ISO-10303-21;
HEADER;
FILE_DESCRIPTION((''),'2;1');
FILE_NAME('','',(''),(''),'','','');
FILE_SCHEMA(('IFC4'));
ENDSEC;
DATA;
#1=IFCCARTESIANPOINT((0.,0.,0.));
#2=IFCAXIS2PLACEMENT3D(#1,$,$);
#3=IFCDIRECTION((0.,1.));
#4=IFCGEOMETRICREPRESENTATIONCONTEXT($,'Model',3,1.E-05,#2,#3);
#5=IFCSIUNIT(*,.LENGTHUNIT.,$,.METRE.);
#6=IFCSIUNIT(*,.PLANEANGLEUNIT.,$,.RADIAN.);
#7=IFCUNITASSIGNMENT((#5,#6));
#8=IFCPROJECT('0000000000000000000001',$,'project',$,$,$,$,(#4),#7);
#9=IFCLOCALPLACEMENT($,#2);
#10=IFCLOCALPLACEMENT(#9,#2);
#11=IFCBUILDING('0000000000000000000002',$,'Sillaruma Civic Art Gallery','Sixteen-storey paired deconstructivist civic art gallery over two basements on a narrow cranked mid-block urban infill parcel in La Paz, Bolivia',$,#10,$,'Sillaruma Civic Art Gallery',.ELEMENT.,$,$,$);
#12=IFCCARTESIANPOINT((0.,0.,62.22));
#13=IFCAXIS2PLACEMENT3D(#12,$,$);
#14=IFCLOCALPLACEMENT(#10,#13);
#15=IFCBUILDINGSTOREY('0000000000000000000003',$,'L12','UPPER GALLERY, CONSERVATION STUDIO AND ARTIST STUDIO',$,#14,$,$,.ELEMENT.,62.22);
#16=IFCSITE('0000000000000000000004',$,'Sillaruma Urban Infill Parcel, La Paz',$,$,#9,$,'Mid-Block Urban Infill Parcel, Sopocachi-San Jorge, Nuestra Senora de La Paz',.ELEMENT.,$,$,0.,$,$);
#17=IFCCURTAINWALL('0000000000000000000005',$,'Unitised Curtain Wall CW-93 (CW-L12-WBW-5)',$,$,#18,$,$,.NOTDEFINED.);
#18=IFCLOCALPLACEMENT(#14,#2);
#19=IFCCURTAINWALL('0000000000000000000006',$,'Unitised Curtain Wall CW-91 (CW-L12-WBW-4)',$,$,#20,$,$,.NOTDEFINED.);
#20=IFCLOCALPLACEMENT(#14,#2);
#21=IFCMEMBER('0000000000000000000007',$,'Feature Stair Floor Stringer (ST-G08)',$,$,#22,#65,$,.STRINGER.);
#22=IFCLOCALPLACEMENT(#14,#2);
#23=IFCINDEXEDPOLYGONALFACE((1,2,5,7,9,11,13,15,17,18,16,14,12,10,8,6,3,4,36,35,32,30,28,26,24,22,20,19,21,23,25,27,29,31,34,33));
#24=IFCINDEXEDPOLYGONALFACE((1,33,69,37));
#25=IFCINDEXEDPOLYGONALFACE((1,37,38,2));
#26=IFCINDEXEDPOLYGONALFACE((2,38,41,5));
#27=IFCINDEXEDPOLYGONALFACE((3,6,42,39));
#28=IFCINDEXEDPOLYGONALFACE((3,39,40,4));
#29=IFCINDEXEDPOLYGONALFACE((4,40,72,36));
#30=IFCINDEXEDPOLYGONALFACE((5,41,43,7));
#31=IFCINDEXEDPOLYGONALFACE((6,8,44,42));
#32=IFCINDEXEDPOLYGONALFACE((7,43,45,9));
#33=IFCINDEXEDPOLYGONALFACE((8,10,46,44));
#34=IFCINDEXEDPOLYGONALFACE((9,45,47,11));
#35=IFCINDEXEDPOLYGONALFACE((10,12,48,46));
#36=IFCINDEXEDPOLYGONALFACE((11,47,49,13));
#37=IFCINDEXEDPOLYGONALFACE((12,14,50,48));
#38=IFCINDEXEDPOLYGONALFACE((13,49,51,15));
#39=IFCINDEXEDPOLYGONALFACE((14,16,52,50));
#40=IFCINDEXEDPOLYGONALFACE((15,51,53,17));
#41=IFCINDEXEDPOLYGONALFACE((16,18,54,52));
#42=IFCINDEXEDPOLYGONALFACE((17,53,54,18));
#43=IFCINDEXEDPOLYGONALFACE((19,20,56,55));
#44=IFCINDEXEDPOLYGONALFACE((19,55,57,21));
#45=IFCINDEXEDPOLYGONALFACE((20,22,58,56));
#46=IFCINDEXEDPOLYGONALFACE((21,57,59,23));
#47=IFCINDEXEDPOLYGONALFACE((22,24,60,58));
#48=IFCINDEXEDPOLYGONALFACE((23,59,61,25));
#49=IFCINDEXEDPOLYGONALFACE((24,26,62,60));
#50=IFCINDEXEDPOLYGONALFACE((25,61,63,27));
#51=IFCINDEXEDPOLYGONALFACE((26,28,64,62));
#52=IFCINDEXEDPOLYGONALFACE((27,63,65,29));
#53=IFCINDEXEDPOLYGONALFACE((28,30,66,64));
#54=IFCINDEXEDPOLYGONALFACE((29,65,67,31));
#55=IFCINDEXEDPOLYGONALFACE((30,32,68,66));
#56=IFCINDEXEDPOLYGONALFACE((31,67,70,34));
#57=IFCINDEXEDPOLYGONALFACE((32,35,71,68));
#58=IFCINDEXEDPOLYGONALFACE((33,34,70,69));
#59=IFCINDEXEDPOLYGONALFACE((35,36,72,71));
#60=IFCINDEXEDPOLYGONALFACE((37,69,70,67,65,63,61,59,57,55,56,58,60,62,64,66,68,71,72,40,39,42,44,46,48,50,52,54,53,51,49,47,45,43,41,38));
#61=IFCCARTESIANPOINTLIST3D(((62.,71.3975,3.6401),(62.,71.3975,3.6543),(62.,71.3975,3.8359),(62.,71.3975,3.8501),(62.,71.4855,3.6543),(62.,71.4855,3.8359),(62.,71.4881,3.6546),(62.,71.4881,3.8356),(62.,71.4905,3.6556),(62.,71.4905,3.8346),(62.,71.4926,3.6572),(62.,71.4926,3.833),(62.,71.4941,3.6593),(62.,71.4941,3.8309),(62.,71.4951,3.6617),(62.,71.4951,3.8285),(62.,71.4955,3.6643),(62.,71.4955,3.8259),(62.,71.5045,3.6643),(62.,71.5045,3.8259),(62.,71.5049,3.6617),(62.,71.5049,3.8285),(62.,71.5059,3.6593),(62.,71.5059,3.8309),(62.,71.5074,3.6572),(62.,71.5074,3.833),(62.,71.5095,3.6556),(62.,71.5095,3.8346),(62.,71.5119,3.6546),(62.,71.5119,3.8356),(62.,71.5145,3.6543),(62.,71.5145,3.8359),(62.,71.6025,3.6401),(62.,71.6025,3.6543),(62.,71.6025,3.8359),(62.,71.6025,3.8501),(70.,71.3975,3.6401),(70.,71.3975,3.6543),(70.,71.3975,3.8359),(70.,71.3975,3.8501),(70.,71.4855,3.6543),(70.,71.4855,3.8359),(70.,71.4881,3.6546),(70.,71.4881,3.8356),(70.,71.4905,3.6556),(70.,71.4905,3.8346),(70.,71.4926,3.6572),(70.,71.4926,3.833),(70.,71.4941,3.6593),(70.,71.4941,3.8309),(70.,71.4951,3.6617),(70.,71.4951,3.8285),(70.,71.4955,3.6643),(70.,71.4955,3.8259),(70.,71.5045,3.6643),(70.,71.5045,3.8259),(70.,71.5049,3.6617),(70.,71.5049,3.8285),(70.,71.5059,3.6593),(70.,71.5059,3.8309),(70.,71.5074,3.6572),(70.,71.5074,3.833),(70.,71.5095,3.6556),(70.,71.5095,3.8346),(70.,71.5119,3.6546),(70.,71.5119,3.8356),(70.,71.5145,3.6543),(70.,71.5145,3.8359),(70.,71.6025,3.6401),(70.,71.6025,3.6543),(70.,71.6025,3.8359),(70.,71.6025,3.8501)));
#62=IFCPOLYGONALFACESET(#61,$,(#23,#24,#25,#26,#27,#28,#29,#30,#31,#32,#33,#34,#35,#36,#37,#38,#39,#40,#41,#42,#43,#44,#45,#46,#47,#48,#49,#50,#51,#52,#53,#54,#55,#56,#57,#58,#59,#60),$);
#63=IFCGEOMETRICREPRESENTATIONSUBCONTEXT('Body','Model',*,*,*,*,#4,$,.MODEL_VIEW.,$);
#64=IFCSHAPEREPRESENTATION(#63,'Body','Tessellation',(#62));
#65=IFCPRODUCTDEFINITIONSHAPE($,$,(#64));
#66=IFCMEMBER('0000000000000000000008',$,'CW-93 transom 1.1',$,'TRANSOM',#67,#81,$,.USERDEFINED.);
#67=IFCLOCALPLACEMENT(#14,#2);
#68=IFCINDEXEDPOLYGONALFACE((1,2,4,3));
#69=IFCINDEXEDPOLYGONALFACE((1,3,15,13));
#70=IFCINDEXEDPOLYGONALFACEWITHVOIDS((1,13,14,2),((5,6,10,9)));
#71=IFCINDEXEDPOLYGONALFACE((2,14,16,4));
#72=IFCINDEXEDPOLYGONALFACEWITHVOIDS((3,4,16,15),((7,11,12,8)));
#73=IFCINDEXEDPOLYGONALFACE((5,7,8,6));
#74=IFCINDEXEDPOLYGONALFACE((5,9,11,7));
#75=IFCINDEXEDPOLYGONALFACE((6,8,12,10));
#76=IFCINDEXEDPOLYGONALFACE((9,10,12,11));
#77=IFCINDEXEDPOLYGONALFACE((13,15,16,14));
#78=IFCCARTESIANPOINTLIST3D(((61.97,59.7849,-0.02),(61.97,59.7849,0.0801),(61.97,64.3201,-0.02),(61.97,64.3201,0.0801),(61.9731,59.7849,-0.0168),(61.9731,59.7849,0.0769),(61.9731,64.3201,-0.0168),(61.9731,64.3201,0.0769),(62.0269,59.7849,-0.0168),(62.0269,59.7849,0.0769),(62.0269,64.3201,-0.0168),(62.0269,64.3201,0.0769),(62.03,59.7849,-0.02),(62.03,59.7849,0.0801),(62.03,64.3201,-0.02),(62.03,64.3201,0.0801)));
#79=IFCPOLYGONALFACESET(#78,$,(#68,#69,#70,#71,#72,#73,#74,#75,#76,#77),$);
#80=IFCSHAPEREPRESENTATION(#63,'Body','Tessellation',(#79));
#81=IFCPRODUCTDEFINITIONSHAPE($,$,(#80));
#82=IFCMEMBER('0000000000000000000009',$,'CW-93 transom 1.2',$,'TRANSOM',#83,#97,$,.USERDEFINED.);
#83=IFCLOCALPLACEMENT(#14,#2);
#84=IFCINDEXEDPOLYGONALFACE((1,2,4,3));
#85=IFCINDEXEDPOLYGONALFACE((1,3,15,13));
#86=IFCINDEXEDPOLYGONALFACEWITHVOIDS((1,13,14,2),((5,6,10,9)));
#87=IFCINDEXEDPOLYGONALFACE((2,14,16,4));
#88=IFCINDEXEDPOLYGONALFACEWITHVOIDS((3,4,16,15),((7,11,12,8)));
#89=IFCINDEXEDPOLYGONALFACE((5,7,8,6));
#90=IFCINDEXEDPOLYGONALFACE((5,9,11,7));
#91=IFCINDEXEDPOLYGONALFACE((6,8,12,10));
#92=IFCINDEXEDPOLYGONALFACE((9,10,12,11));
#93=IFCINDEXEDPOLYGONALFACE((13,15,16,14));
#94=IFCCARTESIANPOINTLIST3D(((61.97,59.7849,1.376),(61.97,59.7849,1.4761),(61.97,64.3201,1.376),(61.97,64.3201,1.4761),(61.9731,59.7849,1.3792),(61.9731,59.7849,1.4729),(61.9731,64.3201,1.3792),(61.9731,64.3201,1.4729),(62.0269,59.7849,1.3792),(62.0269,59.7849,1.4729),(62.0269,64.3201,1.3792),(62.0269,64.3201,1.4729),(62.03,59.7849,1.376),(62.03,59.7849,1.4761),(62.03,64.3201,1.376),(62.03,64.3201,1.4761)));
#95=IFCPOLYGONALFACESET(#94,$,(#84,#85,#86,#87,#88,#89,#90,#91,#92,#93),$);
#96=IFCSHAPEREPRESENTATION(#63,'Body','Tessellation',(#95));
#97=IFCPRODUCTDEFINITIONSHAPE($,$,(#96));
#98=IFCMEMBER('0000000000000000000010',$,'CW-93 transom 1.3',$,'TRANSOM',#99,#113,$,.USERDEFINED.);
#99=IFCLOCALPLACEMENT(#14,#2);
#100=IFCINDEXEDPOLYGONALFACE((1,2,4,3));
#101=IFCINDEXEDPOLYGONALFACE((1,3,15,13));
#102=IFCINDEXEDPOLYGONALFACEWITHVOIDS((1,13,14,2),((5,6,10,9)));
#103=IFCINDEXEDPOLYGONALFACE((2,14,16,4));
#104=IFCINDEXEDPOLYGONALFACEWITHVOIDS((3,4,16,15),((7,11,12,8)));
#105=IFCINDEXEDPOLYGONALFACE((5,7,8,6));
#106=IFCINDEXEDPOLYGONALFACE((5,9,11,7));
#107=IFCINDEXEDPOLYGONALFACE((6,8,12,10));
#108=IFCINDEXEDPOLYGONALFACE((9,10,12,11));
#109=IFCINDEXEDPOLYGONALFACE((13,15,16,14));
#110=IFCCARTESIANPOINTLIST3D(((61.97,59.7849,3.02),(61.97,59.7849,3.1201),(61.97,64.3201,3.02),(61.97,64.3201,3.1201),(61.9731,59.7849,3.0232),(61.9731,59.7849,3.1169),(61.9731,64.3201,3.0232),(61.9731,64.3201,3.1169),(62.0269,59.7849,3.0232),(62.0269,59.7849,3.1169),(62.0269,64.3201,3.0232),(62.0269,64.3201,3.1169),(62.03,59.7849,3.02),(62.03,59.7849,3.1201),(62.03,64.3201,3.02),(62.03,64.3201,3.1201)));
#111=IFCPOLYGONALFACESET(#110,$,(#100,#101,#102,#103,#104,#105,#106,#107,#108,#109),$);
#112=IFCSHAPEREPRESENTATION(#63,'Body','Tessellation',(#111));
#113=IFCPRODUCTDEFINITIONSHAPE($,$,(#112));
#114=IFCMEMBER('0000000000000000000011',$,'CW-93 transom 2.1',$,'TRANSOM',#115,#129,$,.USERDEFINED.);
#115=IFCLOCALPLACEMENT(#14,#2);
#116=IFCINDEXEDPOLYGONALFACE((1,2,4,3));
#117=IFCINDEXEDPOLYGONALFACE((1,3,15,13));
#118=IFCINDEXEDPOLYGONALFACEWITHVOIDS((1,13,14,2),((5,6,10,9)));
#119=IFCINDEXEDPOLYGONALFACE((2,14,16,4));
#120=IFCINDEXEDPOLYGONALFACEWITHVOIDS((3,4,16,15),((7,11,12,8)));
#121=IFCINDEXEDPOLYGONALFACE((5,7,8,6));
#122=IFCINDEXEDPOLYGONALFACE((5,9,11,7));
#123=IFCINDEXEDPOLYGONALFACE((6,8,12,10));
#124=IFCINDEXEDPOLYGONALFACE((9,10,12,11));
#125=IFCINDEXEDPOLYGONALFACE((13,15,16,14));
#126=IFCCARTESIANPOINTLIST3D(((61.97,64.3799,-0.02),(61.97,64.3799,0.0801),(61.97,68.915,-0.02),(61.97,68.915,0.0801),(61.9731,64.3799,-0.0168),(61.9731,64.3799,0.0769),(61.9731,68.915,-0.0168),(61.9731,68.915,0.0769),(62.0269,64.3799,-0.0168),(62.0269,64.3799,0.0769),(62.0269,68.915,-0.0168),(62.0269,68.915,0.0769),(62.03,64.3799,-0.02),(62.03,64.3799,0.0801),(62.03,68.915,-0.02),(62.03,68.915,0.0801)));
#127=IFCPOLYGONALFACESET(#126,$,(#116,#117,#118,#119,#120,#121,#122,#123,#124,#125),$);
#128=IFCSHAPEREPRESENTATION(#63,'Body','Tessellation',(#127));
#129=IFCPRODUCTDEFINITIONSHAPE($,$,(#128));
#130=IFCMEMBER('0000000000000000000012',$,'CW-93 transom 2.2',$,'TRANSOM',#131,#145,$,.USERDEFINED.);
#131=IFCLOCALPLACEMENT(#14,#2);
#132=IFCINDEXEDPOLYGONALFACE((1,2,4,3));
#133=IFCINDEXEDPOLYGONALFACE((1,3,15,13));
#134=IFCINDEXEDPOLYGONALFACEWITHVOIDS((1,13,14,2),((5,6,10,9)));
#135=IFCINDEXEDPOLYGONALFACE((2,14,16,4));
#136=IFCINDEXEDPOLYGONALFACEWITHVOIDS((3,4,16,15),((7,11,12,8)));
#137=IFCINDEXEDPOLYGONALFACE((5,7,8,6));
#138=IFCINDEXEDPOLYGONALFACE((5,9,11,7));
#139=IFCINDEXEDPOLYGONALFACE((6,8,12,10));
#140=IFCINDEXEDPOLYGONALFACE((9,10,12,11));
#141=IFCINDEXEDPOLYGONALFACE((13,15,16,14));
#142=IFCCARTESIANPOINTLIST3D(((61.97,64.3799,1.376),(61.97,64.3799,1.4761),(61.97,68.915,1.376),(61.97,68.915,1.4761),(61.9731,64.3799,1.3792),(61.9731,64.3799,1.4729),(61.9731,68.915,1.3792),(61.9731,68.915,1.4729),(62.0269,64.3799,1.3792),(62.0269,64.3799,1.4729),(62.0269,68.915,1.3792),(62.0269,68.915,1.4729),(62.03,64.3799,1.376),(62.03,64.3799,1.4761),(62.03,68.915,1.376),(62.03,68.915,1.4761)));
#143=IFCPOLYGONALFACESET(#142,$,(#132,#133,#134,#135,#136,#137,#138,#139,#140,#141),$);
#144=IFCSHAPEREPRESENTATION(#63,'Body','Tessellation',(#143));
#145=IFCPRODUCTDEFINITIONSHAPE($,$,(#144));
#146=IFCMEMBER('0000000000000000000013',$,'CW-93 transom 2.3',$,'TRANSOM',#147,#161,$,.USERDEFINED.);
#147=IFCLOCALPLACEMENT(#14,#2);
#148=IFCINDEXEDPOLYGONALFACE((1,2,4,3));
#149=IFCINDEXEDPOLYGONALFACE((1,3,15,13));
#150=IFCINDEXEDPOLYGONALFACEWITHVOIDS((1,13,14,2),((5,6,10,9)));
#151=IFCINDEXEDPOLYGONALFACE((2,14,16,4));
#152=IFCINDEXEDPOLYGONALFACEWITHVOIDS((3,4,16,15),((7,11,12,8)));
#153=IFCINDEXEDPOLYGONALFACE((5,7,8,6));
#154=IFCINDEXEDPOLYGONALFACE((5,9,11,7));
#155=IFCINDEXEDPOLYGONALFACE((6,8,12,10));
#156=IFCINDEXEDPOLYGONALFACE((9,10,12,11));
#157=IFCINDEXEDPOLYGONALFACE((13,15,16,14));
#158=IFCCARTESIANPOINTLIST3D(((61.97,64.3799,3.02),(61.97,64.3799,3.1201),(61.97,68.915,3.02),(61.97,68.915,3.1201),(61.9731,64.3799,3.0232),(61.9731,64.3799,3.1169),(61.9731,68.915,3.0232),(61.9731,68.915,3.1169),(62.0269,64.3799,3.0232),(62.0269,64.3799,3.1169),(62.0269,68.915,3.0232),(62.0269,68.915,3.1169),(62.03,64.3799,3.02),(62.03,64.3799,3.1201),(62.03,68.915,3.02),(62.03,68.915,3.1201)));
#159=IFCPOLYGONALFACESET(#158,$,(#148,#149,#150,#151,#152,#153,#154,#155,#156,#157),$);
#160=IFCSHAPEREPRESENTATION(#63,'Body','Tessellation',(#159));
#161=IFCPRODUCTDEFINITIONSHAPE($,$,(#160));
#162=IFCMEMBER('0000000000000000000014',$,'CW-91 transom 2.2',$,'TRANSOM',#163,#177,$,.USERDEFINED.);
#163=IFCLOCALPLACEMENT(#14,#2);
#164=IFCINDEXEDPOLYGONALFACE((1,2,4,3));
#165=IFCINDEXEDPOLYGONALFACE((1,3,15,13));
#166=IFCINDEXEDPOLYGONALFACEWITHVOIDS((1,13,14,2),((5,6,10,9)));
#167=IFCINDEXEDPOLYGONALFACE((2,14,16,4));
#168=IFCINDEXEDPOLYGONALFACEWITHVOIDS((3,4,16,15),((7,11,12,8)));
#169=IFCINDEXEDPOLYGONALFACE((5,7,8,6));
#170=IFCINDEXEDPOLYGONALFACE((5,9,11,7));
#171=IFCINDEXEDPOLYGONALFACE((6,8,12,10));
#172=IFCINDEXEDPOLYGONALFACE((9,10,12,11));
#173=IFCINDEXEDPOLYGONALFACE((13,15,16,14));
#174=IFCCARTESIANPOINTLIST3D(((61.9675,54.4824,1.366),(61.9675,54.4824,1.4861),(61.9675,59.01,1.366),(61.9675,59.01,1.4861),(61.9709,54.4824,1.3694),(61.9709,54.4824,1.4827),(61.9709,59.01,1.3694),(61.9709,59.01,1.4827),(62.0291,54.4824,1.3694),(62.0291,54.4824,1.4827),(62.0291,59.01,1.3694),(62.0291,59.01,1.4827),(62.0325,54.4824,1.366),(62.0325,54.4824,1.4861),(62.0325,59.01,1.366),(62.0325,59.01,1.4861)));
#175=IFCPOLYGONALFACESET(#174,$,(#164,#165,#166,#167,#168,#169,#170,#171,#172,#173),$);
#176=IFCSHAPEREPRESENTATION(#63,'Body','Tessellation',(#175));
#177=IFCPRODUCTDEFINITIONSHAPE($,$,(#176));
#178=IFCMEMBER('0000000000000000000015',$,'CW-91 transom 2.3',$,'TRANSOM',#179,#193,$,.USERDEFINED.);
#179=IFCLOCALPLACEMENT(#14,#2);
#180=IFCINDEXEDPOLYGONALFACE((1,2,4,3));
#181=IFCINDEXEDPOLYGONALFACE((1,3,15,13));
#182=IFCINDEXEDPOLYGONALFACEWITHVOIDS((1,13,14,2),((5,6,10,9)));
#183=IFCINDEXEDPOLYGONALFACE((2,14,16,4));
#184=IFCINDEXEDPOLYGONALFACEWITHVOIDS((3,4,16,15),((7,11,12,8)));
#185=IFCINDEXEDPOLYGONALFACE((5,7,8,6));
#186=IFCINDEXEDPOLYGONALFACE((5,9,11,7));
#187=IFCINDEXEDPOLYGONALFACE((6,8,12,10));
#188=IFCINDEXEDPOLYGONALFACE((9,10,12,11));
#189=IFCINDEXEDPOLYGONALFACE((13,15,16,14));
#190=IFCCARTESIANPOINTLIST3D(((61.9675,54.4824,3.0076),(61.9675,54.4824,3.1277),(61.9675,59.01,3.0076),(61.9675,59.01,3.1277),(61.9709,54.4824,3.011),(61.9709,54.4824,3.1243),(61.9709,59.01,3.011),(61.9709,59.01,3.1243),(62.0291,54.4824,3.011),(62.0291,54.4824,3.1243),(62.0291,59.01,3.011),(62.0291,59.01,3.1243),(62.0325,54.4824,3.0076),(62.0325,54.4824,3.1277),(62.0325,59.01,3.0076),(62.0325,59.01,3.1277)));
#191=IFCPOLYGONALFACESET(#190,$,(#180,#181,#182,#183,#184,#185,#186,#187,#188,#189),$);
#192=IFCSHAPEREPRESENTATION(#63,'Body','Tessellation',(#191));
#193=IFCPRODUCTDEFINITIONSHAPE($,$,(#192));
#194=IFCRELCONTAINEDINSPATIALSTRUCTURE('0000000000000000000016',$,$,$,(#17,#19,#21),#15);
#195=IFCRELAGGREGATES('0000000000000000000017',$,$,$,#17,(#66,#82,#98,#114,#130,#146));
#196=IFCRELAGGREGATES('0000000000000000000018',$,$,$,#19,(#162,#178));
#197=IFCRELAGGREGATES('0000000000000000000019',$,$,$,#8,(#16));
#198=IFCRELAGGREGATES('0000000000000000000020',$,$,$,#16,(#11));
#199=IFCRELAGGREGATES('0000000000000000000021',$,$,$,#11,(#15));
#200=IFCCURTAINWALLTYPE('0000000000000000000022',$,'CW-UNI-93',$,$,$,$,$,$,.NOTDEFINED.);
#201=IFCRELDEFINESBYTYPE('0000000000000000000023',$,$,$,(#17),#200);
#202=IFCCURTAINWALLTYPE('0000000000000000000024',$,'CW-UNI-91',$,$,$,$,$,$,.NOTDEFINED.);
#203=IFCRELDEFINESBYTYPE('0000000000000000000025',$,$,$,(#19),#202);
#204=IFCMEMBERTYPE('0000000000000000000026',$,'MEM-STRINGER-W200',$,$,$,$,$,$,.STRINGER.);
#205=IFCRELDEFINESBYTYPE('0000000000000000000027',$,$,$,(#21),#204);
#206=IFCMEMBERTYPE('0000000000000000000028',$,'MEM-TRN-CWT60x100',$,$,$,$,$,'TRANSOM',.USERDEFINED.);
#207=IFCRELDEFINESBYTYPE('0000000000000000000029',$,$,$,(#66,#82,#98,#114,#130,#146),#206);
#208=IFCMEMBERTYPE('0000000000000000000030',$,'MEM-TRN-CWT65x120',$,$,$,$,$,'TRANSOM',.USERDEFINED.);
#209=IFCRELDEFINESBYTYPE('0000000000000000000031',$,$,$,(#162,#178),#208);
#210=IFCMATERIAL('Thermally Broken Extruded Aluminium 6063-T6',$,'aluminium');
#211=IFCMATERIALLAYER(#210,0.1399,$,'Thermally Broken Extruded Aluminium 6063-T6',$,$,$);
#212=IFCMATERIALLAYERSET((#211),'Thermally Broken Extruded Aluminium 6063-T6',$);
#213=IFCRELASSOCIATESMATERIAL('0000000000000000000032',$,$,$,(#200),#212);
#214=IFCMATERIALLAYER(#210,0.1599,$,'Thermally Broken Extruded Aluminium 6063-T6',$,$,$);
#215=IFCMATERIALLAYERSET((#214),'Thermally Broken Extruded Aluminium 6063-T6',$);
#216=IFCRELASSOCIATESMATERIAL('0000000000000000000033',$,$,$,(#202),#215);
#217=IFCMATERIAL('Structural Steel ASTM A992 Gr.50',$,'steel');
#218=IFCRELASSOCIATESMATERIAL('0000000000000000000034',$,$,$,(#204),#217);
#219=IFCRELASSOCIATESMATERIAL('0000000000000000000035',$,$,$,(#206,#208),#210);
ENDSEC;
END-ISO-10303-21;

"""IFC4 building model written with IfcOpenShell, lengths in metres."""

from ifc_helpers import new_model, si_unit, direction, frame, origin, origin_2d, place, context, subcontext, project, spatial, hollow_rectangle, i_section, extrude, material, layer, layer_set, material_profile, profile_set, type_object, element, aggregate, save


model = new_model("IFC4")

# Units and contexts
model_context = context("Model", 3, precision=1e-05, world=origin(), true_north=direction((0.0, 1.0)))
body_context = subcontext(model_context, "Body", "Model", "MODEL_VIEW")
ifc_project = project(units=[si_unit("LENGTHUNIT", "METRE"), si_unit("PLANEANGLEUNIT", "RADIAN")], contexts=[model_context])

# Site, building, storey
site_placement = place(None, origin())
site = spatial("IfcSite", under=ifc_project, at=site_placement, Name="Sillaruma Urban Infill Parcel, La Paz", LongName="Mid-Block Urban Infill Parcel, Sopocachi-San Jorge, Nuestra Senora de La Paz", CompositionType="ELEMENT", RefElevation=0.0)
building_placement = place(site_placement, origin())
building = spatial("IfcBuilding", under=site, at=building_placement, Name="Sillaruma Civic Art Gallery", Description="Sixteen-storey paired deconstructivist civic art gallery over two basements on a narrow cranked mid-block urban infill parcel in La Paz, Bolivia", LongName="Sillaruma Civic Art Gallery", CompositionType="ELEMENT")
storey_placement = place(building_placement, frame((0.0, 0.0, 62.22)))
storey = spatial("IfcBuildingStorey", under=building, at=storey_placement, Name="L12", Description="UPPER GALLERY, CONSERVATION STUDIO AND ARTIST STUDIO", CompositionType="ELEMENT", Elevation=62.22)

# Curtain wall
ifc_material_1 = material(Name="Thermally Broken Extruded Aluminium 6063-T6", Category="aluminium")
ifc_layer_1 = layer(ifc_material_1, 0.1399, Name="Thermally Broken Extruded Aluminium 6063-T6")
ifc_layer_set_1 = layer_set([ifc_layer_1], Name="Thermally Broken Extruded Aluminium 6063-T6")
curtain_wall_type_1 = type_object("IfcCurtainWallType", Name="CW-UNI-93", PredefinedType="NOTDEFINED", material=ifc_layer_set_1)
curtain_wall_1_placement = place(storey_placement, origin())
curtain_wall_1 = element("IfcCurtainWall", 1, at=curtain_wall_1_placement, inside=storey, type_object=curtain_wall_type_1, Name="Unitised Curtain Wall CW-93 (CW-L12-WBW-5)", PredefinedType="NOTDEFINED")

# Curtain wall
ifc_layer_2 = layer(ifc_material_1, 0.1599, Name="Thermally Broken Extruded Aluminium 6063-T6")
ifc_layer_set_2 = layer_set([ifc_layer_2], Name="Thermally Broken Extruded Aluminium 6063-T6")
curtain_wall_type_2 = type_object("IfcCurtainWallType", Name="CW-UNI-91", PredefinedType="NOTDEFINED", material=ifc_layer_set_2)
curtain_wall_2_placement = place(storey_placement, origin())
curtain_wall_2 = element("IfcCurtainWall", 2, at=curtain_wall_2_placement, inside=storey, type_object=curtain_wall_type_2, Name="Unitised Curtain Wall CW-91 (CW-L12-WBW-4)", PredefinedType="NOTDEFINED")

# Members
ifc_material_2 = material(Name="Structural Steel ASTM A992 Gr.50", Category="steel")
ifc_material_profile_1 = material_profile(ifc_material_2, i_section(OverallWidth=0.2051, OverallDepth=0.21, WebThickness=0.009, FlangeThickness=0.0142, FilletRadius=0.01, at=origin_2d()), Name="W200x59")
ifc_profile_set_1 = profile_set([ifc_material_profile_1], Name="Structural Steel ASTM A992 Gr.50")
member_type_1 = type_object("IfcMemberType", Name="MEM-STRINGER-W200", PredefinedType="STRINGER", material=ifc_profile_set_1)
member_1_placement = place(storey_placement, frame((62.0, 71.5, 3.7451), z_axis=(1.0, 0.0, 0.0), x_axis=(0.0, 1.0, 0.0)))
element("IfcMember", 3, at=member_1_placement, inside=storey, type_object=member_type_1, Name="Feature Stair Floor Stringer (ST-G08)", PredefinedType="STRINGER", context=body_context, shape_type="SweptSolid", body=[
    extrude(i_section(OverallWidth=0.2051, OverallDepth=0.21, WebThickness=0.009, FlangeThickness=0.0142, FilletRadius=0.01, at=origin_2d()), origin(), (0.0, 0.0, 1.0), 8.0),
])
ifc_material_profile_2 = material_profile(ifc_material_1, hollow_rectangle(XDim=0.0601, YDim=0.1001, WallThickness=0.0032, at=origin_2d()), Name="CWT60x100")
ifc_profile_set_2 = profile_set([ifc_material_profile_2], Name="Thermally Broken Extruded Aluminium 6063-T6")
member_type_2 = type_object("IfcMemberType", Name="MEM-TRN-CWT60x100", ElementType="TRANSOM", PredefinedType="USERDEFINED", material=ifc_profile_set_2)
member_2_placement = place(storey_placement, frame((62.0, 59.7849, 0.03), z_axis=(0.0, 1.0, 0.0), x_axis=(-1.0, 0.0, 0.0)))
member_2 = element("IfcMember", 4, at=member_2_placement, type_object=member_type_2, Name="CW-93 transom 1.1", ObjectType="TRANSOM", PredefinedType="USERDEFINED", context=body_context, shape_type="SweptSolid", body=[
    extrude(hollow_rectangle(XDim=0.0601, YDim=0.1001, WallThickness=0.0032, at=origin_2d()), origin(), (0.0, 0.0, 1.0), 4.5352),
])
member_3_placement = place(storey_placement, frame((62.0, 59.7849, 1.426), z_axis=(0.0, 1.0, 0.0), x_axis=(-1.0, 0.0, 0.0)))
member_3 = element("IfcMember", 5, at=member_3_placement, type_object=member_type_2, Name="CW-93 transom 1.2", ObjectType="TRANSOM", PredefinedType="USERDEFINED", context=body_context, shape_type="SweptSolid", body=[
    extrude(hollow_rectangle(XDim=0.0601, YDim=0.1001, WallThickness=0.0032, at=origin_2d()), origin(), (0.0, 0.0, 1.0), 4.5352),
])
member_4_placement = place(storey_placement, frame((62.0, 59.7849, 3.0701), z_axis=(0.0, 1.0, 0.0), x_axis=(-1.0, 0.0, 0.0)))
member_4 = element("IfcMember", 6, at=member_4_placement, type_object=member_type_2, Name="CW-93 transom 1.3", ObjectType="TRANSOM", PredefinedType="USERDEFINED", context=body_context, shape_type="SweptSolid", body=[
    extrude(hollow_rectangle(XDim=0.0601, YDim=0.1001, WallThickness=0.0032, at=origin_2d()), origin(), (0.0, 0.0, 1.0), 4.5352),
])
member_5_placement = place(storey_placement, frame((62.0, 64.3799, 0.03), z_axis=(0.0, 1.0, 0.0), x_axis=(-1.0, 0.0, 0.0)))
member_5 = element("IfcMember", 7, at=member_5_placement, type_object=member_type_2, Name="CW-93 transom 2.1", ObjectType="TRANSOM", PredefinedType="USERDEFINED", context=body_context, shape_type="SweptSolid", body=[
    extrude(hollow_rectangle(XDim=0.0601, YDim=0.1001, WallThickness=0.0032, at=origin_2d()), origin(), (0.0, 0.0, 1.0), 4.5352),
])
member_6_placement = place(storey_placement, frame((62.0, 64.3799, 1.426), z_axis=(0.0, 1.0, 0.0), x_axis=(-1.0, 0.0, 0.0)))
member_6 = element("IfcMember", 8, at=member_6_placement, type_object=member_type_2, Name="CW-93 transom 2.2", ObjectType="TRANSOM", PredefinedType="USERDEFINED", context=body_context, shape_type="SweptSolid", body=[
    extrude(hollow_rectangle(XDim=0.0601, YDim=0.1001, WallThickness=0.0032, at=origin_2d()), origin(), (0.0, 0.0, 1.0), 4.5352),
])
member_7_placement = place(storey_placement, frame((62.0, 64.3799, 3.0701), z_axis=(0.0, 1.0, 0.0), x_axis=(-1.0, 0.0, 0.0)))
member_7 = element("IfcMember", 9, at=member_7_placement, type_object=member_type_2, Name="CW-93 transom 2.3", ObjectType="TRANSOM", PredefinedType="USERDEFINED", context=body_context, shape_type="SweptSolid", body=[
    extrude(hollow_rectangle(XDim=0.0601, YDim=0.1001, WallThickness=0.0032, at=origin_2d()), origin(), (0.0, 0.0, 1.0), 4.5352),
])
ifc_material_profile_3 = material_profile(ifc_material_1, hollow_rectangle(XDim=0.0649, YDim=0.1201, WallThickness=0.0034, at=origin_2d()), Name="CWT65x120")
ifc_profile_set_3 = profile_set([ifc_material_profile_3], Name="Thermally Broken Extruded Aluminium 6063-T6")
member_type_3 = type_object("IfcMemberType", Name="MEM-TRN-CWT65x120", ElementType="TRANSOM", PredefinedType="USERDEFINED", material=ifc_profile_set_3)
member_8_placement = place(storey_placement, frame((62.0, 54.4824, 1.426), z_axis=(0.0, 1.0, 0.0), x_axis=(-1.0, 0.0, 0.0)))
member_8 = element("IfcMember", 10, at=member_8_placement, type_object=member_type_3, Name="CW-91 transom 2.2", ObjectType="TRANSOM", PredefinedType="USERDEFINED", context=body_context, shape_type="SweptSolid", body=[
    extrude(hollow_rectangle(XDim=0.0649, YDim=0.1201, WallThickness=0.0034, at=origin_2d()), origin(), (0.0, 0.0, 1.0), 4.5276),
])
member_9_placement = place(storey_placement, frame((62.0, 54.4824, 3.0676), z_axis=(0.0, 1.0, 0.0), x_axis=(-1.0, 0.0, 0.0)))
member_9 = element("IfcMember", 11, at=member_9_placement, type_object=member_type_3, Name="CW-91 transom 2.3", ObjectType="TRANSOM", PredefinedType="USERDEFINED", context=body_context, shape_type="SweptSolid", body=[
    extrude(hollow_rectangle(XDim=0.0649, YDim=0.1201, WallThickness=0.0034, at=origin_2d()), origin(), (0.0, 0.0, 1.0), 4.5276),
])

aggregate(curtain_wall_1, [member_2, member_3, member_4, member_5, member_6, member_7])
aggregate(curtain_wall_2, [member_8, member_9])

save(model, "model.ifc")
